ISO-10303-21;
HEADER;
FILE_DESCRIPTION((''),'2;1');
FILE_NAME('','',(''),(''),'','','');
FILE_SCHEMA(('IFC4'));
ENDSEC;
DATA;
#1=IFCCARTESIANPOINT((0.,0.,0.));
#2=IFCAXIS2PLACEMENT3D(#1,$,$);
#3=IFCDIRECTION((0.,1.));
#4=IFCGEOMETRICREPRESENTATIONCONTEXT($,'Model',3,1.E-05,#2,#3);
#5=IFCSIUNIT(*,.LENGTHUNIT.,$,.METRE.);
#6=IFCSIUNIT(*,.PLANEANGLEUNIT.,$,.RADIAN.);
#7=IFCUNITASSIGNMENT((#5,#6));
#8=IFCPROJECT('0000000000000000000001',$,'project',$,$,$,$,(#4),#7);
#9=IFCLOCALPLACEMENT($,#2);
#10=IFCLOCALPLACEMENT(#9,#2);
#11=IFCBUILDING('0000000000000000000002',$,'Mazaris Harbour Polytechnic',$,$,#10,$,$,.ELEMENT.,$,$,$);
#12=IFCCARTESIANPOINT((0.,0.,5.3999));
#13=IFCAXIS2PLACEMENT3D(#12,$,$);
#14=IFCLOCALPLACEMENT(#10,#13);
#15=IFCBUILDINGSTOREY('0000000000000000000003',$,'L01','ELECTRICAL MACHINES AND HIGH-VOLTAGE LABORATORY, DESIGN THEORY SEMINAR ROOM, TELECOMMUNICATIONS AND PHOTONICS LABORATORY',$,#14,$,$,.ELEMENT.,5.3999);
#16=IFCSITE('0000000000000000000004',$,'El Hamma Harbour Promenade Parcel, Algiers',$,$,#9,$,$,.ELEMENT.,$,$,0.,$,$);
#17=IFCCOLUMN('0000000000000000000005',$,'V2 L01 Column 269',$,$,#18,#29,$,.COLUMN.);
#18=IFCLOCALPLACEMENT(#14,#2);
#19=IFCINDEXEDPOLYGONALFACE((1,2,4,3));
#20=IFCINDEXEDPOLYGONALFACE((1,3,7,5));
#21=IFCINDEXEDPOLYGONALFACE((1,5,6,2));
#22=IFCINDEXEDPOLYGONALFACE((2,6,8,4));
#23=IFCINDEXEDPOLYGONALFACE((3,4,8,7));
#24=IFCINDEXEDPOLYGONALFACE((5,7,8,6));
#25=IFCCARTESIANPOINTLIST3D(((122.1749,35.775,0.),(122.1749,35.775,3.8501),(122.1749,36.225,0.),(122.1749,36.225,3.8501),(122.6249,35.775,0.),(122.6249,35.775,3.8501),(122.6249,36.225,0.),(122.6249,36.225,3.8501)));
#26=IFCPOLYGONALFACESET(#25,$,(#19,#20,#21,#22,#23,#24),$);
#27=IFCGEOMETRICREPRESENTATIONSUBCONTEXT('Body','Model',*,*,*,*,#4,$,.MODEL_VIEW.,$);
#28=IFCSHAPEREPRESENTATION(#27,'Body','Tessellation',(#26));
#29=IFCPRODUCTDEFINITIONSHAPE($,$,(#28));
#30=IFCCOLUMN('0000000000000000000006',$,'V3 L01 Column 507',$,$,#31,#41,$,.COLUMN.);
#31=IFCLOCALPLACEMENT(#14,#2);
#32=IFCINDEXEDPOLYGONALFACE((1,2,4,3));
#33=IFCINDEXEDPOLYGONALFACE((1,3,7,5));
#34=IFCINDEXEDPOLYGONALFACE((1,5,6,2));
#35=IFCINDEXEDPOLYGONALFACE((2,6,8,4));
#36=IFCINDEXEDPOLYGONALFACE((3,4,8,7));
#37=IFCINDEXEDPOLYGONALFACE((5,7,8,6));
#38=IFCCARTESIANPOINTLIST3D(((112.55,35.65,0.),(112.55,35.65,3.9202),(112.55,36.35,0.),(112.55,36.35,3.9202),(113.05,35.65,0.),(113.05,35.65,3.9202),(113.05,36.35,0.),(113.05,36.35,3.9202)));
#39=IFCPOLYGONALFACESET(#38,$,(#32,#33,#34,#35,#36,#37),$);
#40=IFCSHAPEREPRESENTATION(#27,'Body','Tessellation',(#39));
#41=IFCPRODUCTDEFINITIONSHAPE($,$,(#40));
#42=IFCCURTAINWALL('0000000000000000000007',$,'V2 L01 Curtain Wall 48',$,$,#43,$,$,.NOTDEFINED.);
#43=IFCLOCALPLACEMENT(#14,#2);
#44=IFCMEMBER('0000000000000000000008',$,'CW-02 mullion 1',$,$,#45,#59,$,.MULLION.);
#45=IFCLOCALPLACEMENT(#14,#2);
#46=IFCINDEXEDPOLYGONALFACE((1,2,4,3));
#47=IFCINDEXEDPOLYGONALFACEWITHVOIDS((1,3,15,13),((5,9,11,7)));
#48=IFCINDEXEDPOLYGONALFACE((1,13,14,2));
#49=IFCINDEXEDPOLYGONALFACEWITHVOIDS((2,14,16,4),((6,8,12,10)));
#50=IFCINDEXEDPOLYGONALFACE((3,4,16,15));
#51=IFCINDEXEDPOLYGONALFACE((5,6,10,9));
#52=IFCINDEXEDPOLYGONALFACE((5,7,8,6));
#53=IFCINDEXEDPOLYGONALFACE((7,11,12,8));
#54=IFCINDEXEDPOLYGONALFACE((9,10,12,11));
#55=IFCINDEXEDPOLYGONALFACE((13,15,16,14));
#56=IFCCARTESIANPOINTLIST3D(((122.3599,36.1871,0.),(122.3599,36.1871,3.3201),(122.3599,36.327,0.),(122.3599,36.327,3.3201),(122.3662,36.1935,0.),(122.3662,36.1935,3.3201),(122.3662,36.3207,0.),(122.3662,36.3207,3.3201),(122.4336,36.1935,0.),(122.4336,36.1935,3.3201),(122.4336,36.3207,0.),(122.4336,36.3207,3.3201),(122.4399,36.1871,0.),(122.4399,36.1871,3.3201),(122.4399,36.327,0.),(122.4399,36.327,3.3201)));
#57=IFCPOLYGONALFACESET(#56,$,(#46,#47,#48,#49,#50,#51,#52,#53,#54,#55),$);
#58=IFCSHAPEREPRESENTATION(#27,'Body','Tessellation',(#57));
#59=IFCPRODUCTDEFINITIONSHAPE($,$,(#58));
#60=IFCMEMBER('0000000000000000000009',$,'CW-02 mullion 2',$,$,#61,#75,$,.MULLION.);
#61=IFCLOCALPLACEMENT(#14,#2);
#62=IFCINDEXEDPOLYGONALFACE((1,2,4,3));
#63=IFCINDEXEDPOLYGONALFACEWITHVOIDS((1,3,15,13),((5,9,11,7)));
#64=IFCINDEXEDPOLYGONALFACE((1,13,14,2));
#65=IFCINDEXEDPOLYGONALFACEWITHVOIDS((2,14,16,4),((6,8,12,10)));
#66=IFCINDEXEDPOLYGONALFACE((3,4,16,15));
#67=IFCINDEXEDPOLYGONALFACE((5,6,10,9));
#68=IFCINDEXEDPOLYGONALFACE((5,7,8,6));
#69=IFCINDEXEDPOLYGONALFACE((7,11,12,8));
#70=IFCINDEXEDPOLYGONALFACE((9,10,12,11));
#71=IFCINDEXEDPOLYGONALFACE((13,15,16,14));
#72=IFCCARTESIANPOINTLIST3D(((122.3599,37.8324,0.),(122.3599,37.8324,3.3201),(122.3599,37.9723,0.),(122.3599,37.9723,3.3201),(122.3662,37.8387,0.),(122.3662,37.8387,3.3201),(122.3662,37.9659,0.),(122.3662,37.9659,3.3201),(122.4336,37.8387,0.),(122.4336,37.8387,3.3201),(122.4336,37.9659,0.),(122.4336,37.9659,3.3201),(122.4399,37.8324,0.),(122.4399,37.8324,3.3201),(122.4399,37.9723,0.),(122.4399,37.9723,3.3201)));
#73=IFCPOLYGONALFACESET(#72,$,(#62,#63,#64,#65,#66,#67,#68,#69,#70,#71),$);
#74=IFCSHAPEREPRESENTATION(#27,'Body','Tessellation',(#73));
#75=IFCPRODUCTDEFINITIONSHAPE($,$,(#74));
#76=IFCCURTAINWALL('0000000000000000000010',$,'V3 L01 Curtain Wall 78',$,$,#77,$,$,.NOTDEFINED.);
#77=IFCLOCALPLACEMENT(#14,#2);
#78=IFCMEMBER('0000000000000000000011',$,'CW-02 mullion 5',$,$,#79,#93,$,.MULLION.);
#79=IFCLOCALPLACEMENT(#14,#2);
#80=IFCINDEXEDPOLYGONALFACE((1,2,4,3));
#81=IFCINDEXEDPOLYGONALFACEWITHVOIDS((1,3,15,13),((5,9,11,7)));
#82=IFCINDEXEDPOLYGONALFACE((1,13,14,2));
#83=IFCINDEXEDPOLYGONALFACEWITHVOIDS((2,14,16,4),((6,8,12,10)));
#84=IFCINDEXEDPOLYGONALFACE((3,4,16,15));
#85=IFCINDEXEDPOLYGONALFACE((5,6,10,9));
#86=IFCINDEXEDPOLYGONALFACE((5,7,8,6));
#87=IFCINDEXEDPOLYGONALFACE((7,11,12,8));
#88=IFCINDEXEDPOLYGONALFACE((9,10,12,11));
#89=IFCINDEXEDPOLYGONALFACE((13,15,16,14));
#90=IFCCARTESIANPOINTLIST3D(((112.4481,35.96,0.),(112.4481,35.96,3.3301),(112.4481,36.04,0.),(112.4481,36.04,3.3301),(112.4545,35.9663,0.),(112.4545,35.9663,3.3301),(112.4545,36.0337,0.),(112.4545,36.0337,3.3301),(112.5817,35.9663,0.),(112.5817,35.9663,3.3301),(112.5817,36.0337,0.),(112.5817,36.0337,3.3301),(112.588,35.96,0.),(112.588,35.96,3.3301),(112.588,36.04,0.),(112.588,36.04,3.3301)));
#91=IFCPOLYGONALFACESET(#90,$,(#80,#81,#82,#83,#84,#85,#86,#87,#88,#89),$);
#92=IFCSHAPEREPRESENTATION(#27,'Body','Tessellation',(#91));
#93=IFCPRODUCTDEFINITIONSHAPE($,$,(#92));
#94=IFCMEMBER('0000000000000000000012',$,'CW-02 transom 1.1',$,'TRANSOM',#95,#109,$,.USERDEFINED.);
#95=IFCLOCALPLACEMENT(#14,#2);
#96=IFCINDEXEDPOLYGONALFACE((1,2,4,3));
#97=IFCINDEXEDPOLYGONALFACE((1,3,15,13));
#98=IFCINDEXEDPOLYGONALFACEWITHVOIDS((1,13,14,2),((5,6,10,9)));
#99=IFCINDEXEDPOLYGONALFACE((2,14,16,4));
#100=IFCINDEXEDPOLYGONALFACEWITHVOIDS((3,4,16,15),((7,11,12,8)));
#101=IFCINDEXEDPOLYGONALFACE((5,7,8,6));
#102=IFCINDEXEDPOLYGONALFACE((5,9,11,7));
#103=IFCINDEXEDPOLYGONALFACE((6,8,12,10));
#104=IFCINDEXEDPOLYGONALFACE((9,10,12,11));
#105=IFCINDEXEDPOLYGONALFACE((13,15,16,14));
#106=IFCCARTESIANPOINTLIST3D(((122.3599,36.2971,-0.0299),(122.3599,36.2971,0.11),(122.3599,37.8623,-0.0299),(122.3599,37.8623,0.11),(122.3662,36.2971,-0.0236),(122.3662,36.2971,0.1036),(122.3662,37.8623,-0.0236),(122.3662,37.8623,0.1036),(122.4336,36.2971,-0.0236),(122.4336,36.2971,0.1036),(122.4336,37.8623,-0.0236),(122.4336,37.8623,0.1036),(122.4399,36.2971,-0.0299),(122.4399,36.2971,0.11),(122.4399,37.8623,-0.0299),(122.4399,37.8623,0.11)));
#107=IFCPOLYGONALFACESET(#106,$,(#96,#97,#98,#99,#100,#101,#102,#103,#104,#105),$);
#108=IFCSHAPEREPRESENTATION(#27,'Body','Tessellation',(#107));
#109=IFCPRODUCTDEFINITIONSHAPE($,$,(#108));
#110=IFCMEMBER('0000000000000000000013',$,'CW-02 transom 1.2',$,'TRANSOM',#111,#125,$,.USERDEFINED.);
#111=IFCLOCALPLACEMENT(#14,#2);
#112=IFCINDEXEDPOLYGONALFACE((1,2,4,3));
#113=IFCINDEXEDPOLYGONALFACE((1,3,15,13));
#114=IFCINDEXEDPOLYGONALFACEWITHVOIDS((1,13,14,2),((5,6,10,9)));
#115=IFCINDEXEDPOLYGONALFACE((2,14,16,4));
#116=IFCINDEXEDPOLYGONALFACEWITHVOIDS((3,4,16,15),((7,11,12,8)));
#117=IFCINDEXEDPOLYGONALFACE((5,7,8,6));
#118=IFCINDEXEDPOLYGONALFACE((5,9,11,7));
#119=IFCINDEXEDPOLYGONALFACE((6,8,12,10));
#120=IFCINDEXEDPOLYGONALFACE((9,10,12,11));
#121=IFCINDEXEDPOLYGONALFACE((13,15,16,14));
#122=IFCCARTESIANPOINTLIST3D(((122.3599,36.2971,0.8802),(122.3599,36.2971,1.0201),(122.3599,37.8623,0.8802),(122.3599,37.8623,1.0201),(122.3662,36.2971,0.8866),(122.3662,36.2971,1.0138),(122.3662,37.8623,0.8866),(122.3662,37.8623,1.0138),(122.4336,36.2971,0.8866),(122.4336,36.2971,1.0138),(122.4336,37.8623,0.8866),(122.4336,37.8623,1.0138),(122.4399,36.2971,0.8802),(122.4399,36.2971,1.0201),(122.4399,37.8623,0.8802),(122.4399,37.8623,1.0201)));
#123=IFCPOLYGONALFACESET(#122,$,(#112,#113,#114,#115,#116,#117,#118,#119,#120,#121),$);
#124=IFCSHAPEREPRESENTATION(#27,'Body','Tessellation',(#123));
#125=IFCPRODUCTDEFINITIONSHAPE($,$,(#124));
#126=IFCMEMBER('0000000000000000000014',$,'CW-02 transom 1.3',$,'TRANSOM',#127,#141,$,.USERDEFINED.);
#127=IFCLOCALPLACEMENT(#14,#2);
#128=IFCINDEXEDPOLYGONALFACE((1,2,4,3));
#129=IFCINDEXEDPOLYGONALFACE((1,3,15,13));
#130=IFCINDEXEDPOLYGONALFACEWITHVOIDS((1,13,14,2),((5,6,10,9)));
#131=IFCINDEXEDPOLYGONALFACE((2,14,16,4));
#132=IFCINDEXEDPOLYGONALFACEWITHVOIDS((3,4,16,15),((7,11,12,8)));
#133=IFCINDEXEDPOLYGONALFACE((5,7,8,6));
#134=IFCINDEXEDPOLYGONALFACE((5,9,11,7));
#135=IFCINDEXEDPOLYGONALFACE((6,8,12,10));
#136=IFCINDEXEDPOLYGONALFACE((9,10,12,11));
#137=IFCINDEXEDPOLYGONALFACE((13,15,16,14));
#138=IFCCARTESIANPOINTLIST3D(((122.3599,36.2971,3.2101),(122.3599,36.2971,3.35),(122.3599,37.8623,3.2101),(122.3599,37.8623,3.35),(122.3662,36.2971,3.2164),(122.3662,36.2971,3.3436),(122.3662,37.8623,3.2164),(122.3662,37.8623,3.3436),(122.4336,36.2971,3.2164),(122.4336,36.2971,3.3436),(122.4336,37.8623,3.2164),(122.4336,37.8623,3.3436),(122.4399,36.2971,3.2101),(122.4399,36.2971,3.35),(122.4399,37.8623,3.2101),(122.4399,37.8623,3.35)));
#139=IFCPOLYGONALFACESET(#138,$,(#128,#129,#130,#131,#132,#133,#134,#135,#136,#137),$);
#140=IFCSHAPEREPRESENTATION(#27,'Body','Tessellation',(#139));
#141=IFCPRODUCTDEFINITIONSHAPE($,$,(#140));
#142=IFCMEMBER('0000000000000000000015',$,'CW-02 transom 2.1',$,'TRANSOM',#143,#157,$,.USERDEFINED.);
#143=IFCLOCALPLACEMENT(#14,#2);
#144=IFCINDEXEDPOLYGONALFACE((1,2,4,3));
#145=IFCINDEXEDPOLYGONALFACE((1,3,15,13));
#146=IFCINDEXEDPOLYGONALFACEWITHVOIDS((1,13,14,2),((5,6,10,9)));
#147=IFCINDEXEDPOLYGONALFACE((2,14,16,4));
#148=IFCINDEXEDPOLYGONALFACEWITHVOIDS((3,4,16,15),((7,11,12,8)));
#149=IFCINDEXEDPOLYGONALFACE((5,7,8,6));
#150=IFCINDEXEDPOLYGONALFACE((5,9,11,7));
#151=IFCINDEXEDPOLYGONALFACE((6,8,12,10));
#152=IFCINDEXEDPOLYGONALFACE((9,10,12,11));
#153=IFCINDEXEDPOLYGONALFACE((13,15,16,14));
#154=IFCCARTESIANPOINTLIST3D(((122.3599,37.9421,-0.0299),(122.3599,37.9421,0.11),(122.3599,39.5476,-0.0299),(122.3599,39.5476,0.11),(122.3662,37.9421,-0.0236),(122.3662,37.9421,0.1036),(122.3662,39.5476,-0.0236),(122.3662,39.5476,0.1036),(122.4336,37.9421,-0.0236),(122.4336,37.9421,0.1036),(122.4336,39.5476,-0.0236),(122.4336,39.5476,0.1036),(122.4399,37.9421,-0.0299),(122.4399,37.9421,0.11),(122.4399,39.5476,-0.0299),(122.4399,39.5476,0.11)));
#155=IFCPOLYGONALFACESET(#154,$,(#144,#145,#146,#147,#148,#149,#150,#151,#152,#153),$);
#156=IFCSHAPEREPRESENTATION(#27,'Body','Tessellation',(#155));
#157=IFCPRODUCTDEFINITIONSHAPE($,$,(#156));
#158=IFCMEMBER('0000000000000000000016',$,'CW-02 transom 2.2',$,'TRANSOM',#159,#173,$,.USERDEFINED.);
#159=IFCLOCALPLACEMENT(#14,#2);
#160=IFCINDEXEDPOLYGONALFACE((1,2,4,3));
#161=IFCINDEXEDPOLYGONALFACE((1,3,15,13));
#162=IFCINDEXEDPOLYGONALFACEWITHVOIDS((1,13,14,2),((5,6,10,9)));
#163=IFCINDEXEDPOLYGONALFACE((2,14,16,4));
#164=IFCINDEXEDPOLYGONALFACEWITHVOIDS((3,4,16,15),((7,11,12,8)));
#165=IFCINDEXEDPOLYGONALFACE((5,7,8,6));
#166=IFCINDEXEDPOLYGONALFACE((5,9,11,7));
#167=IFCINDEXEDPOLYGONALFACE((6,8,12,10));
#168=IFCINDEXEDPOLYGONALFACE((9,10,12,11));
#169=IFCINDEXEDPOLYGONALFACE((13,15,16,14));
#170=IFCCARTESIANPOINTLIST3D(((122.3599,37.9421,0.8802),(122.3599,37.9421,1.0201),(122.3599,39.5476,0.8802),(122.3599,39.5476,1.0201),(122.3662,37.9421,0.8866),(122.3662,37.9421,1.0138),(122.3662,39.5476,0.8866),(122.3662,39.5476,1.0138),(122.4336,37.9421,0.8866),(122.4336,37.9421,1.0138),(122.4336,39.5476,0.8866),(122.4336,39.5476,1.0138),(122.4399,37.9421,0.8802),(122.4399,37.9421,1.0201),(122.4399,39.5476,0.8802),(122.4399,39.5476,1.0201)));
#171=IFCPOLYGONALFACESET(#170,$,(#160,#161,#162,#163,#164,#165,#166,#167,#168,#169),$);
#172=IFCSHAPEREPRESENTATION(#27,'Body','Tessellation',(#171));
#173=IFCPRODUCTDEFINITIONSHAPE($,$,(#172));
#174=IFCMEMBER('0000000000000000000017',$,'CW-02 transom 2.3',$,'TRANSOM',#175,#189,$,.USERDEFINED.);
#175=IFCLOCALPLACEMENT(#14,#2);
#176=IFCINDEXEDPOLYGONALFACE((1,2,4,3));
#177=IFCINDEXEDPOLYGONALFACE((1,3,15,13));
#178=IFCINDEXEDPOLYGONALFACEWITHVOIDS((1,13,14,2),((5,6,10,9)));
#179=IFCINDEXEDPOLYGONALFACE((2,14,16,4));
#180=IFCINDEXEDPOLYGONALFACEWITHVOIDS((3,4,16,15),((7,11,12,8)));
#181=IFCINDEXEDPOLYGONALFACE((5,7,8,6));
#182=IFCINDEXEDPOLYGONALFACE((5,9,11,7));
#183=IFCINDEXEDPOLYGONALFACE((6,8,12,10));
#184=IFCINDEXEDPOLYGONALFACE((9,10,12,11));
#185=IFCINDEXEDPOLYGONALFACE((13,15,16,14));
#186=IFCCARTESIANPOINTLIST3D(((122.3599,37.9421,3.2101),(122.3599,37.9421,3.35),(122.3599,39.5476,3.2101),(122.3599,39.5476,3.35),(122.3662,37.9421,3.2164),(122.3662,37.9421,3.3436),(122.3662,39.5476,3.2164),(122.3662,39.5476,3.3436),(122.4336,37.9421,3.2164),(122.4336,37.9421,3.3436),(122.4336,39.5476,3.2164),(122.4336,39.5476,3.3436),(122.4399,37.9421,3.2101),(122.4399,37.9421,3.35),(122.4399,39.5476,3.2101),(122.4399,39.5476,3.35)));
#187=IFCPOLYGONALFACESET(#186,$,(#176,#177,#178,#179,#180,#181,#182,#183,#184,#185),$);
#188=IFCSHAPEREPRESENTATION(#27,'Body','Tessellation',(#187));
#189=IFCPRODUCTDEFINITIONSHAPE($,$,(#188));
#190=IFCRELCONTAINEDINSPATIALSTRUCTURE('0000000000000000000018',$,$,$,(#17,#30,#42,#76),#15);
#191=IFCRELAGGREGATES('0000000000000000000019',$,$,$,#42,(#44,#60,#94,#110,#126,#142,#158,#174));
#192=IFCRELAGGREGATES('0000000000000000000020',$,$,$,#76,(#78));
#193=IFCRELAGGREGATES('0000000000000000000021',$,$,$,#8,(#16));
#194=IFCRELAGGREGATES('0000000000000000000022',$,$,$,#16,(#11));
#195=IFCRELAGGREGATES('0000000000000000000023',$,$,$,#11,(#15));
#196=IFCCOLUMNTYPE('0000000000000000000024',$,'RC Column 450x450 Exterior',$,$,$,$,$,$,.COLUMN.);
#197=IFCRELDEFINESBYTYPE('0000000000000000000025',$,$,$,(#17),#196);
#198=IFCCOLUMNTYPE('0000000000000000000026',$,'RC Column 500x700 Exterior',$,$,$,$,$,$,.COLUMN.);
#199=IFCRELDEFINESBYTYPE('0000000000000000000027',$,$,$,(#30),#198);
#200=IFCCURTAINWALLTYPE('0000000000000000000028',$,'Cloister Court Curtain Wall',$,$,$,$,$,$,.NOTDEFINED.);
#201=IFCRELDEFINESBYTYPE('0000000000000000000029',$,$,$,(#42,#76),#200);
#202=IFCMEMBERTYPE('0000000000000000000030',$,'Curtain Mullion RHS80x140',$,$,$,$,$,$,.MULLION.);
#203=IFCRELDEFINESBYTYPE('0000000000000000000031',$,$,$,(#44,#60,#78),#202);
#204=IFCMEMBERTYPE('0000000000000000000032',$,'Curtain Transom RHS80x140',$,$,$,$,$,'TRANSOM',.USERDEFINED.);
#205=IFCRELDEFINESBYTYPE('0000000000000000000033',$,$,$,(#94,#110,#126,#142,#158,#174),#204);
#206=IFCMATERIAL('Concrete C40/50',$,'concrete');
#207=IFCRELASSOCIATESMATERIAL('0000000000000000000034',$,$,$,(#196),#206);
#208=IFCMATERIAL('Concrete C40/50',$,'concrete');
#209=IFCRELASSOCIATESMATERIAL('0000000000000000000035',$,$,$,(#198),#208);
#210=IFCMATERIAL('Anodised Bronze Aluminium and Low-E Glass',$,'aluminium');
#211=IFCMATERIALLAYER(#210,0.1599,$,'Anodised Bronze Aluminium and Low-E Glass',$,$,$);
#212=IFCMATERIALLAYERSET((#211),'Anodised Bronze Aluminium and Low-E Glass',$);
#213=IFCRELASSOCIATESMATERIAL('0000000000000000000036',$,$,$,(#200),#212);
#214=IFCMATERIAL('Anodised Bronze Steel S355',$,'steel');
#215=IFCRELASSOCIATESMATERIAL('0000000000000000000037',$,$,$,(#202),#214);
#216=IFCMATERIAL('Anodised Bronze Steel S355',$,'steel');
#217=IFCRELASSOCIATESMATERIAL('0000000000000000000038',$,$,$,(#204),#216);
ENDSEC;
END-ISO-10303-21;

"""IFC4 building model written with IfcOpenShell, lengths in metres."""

from ifc_helpers import new_model, si_unit, direction, frame, origin, origin_2d, place, context, subcontext, project, spatial, rectangle, hollow_rectangle, extrude, material, layer, layer_set, material_profile, profile_set, type_object, element, aggregate, save


model = new_model("IFC4")

# Units and contexts
model_context = context("Model", 3, precision=1e-05, world=origin(), true_north=direction((0.0, 1.0)))
body_context = subcontext(model_context, "Body", "Model", "MODEL_VIEW")
ifc_project = project(units=[si_unit("LENGTHUNIT", "METRE"), si_unit("PLANEANGLEUNIT", "RADIAN")], contexts=[model_context])

# Site, building, storey
site_placement = place(None, origin())
site = spatial("IfcSite", under=ifc_project, at=site_placement, Name="El Hamma Harbour Promenade Parcel, Algiers", CompositionType="ELEMENT", RefElevation=0.0)
building_placement = place(site_placement, origin())
building = spatial("IfcBuilding", under=site, at=building_placement, Name="Mazaris Harbour Polytechnic", CompositionType="ELEMENT")
storey_placement = place(building_placement, frame((0.0, 0.0, 5.3999)))
storey = spatial("IfcBuildingStorey", under=building, at=storey_placement, Name="L01", Description="ELECTRICAL MACHINES AND HIGH-VOLTAGE LABORATORY, DESIGN THEORY SEMINAR ROOM, TELECOMMUNICATIONS AND PHOTONICS LABORATORY", CompositionType="ELEMENT", Elevation=5.3999)

# Columns
ifc_material_1 = material(Name="Concrete C40/50", Category="concrete")
ifc_material_profile_1 = material_profile(ifc_material_1, rectangle(XDim=0.45, YDim=0.45, at=origin_2d()), Name="RECT450x450")
ifc_profile_set_1 = profile_set([ifc_material_profile_1], Name="Concrete C40/50")
column_type_1 = type_object("IfcColumnType", Name="RC Column 450x450 Exterior", PredefinedType="COLUMN", material=ifc_profile_set_1)
column_1_placement = place(storey_placement, frame((122.3999, 36.0, 0.0), z_axis=(0.0, 0.0, 1.0), x_axis=(1.0, 0.0, 0.0)))
element("IfcColumn", 1, at=column_1_placement, inside=storey, type_object=column_type_1, Name="V2 L01 Column 269", PredefinedType="COLUMN", context=body_context, shape_type="SweptSolid", body=[
    extrude(rectangle(XDim=0.45, YDim=0.45, at=origin_2d()), origin(), (0.0, 0.0, 1.0), 3.8501),
])
ifc_material_2 = material(Name="Concrete C40/50", Category="concrete")
ifc_material_profile_2 = material_profile(ifc_material_2, rectangle(XDim=0.5, YDim=0.7, at=origin_2d()), Name="RECT500x700")
ifc_profile_set_2 = profile_set([ifc_material_profile_2], Name="Concrete C40/50")
column_type_2 = type_object("IfcColumnType", Name="RC Column 500x700 Exterior", PredefinedType="COLUMN", material=ifc_profile_set_2)
column_2_placement = place(storey_placement, frame((112.8, 36.0, 0.0), z_axis=(0.0, 0.0, 1.0), x_axis=(1.0, 0.0, 0.0)))
element("IfcColumn", 2, at=column_2_placement, inside=storey, type_object=column_type_2, Name="V3 L01 Column 507", PredefinedType="COLUMN", context=body_context, shape_type="SweptSolid", body=[
    extrude(rectangle(XDim=0.5, YDim=0.7, at=origin_2d()), origin(), (0.0, 0.0, 1.0), 3.9202),
])

# Curtain wall, members
ifc_material_3 = material(Name="Anodised Bronze Aluminium and Low-E Glass", Category="aluminium")
ifc_layer_1 = layer(ifc_material_3, 0.1599, Name="Anodised Bronze Aluminium and Low-E Glass")
ifc_layer_set_1 = layer_set([ifc_layer_1], Name="Anodised Bronze Aluminium and Low-E Glass")
curtain_wall_type = type_object("IfcCurtainWallType", Name="Cloister Court Curtain Wall", PredefinedType="NOTDEFINED", material=ifc_layer_set_1)
curtain_wall_1_placement = place(storey_placement, origin())
curtain_wall_1 = element("IfcCurtainWall", 3, at=curtain_wall_1_placement, inside=storey, type_object=curtain_wall_type, Name="V2 L01 Curtain Wall 48", PredefinedType="NOTDEFINED")
ifc_material_4 = material(Name="Anodised Bronze Steel S355", Category="steel")
ifc_material_profile_3 = material_profile(ifc_material_4, hollow_rectangle(XDim=0.0801, YDim=0.1399, WallThickness=0.0063, at=origin_2d()), Name="RHS 80x140x6.3")
ifc_profile_set_3 = profile_set([ifc_material_profile_3], Name="Anodised Bronze Steel S355")
member_type_1 = type_object("IfcMemberType", Name="Curtain Mullion RHS80x140", PredefinedType="MULLION", material=ifc_profile_set_3)
member_1_placement = place(storey_placement, frame((122.3999, 36.2571, 0.0), z_axis=(0.0, 0.0, 1.0), x_axis=(-1.0, 0.0, 0.0)))
member_1 = element("IfcMember", 4, at=member_1_placement, type_object=member_type_1, Name="CW-02 mullion 1", PredefinedType="MULLION", context=body_context, shape_type="SweptSolid", body=[
    extrude(hollow_rectangle(XDim=0.0801, YDim=0.1399, WallThickness=0.0063, at=origin_2d()), origin(), (0.0, 0.0, 1.0), 3.3201),
])
member_2_placement = place(storey_placement, frame((122.3999, 37.9023, 0.0), z_axis=(0.0, 0.0, 1.0), x_axis=(-1.0, 0.0, 0.0)))
member_2 = element("IfcMember", 5, at=member_2_placement, type_object=member_type_1, Name="CW-02 mullion 2", PredefinedType="MULLION", context=body_context, shape_type="SweptSolid", body=[
    extrude(hollow_rectangle(XDim=0.0801, YDim=0.1399, WallThickness=0.0063, at=origin_2d()), origin(), (0.0, 0.0, 1.0), 3.3201),
])

# Curtain wall, member
curtain_wall_2_placement = place(storey_placement, origin())
curtain_wall_2 = element("IfcCurtainWall", 6, at=curtain_wall_2_placement, inside=storey, type_object=curtain_wall_type, Name="V3 L01 Curtain Wall 78", PredefinedType="NOTDEFINED")
member_3_placement = place(storey_placement, frame((112.5181, 36.0, 0.0), z_axis=(0.0, 0.0, 1.0), x_axis=(0.0, 1.0, 0.0)))
member_3 = element("IfcMember", 7, at=member_3_placement, type_object=member_type_1, Name="CW-02 mullion 5", PredefinedType="MULLION", context=body_context, shape_type="SweptSolid", body=[
    extrude(hollow_rectangle(XDim=0.0801, YDim=0.1399, WallThickness=0.0063, at=origin_2d()), origin(), (0.0, 0.0, 1.0), 3.3301),
])

# Members
ifc_material_5 = material(Name="Anodised Bronze Steel S355", Category="steel")
ifc_material_profile_4 = material_profile(ifc_material_5, hollow_rectangle(XDim=0.0801, YDim=0.1399, WallThickness=0.0063, at=origin_2d()), Name="RHS 80x140x6.3")
ifc_profile_set_4 = profile_set([ifc_material_profile_4], Name="Anodised Bronze Steel S355")
member_type_2 = type_object("IfcMemberType", Name="Curtain Transom RHS80x140", ElementType="TRANSOM", PredefinedType="USERDEFINED", material=ifc_profile_set_4)
member_4_placement = place(storey_placement, frame((122.3999, 36.2971, 0.04), z_axis=(0.0, 1.0, 0.0), x_axis=(-1.0, 0.0, 0.0)))
member_4 = element("IfcMember", 8, at=member_4_placement, type_object=member_type_2, Name="CW-02 transom 1.1", ObjectType="TRANSOM", PredefinedType="USERDEFINED", context=body_context, shape_type="SweptSolid", body=[
    extrude(hollow_rectangle(XDim=0.0801, YDim=0.1399, WallThickness=0.0063, at=origin_2d()), origin(), (0.0, 0.0, 1.0), 1.5652),
])
member_5_placement = place(storey_placement, frame((122.3999, 36.2971, 0.9502), z_axis=(0.0, 1.0, 0.0), x_axis=(-1.0, 0.0, 0.0)))
member_5 = element("IfcMember", 9, at=member_5_placement, type_object=member_type_2, Name="CW-02 transom 1.2", ObjectType="TRANSOM", PredefinedType="USERDEFINED", context=body_context, shape_type="SweptSolid", body=[
    extrude(hollow_rectangle(XDim=0.0801, YDim=0.1399, WallThickness=0.0063, at=origin_2d()), origin(), (0.0, 0.0, 1.0), 1.5652),
])
member_6_placement = place(storey_placement, frame((122.3999, 36.2971, 3.28), z_axis=(0.0, 1.0, 0.0), x_axis=(-1.0, 0.0, 0.0)))
member_6 = element("IfcMember", 10, at=member_6_placement, type_object=member_type_2, Name="CW-02 transom 1.3", ObjectType="TRANSOM", PredefinedType="USERDEFINED", context=body_context, shape_type="SweptSolid", body=[
    extrude(hollow_rectangle(XDim=0.0801, YDim=0.1399, WallThickness=0.0063, at=origin_2d()), origin(), (0.0, 0.0, 1.0), 1.5652),
])
member_7_placement = place(storey_placement, frame((122.3999, 37.9421, 0.04), z_axis=(0.0, 1.0, 0.0), x_axis=(-1.0, 0.0, 0.0)))
member_7 = element("IfcMember", 11, at=member_7_placement, type_object=member_type_2, Name="CW-02 transom 2.1", ObjectType="TRANSOM", PredefinedType="USERDEFINED", context=body_context, shape_type="SweptSolid", body=[
    extrude(hollow_rectangle(XDim=0.0801, YDim=0.1399, WallThickness=0.0063, at=origin_2d()), origin(), (0.0, 0.0, 1.0), 1.6055),
])
member_8_placement = place(storey_placement, frame((122.3999, 37.9421, 0.9502), z_axis=(0.0, 1.0, 0.0), x_axis=(-1.0, 0.0, 0.0)))
member_8 = element("IfcMember", 12, at=member_8_placement, type_object=member_type_2, Name="CW-02 transom 2.2", ObjectType="TRANSOM", PredefinedType="USERDEFINED", context=body_context, shape_type="SweptSolid", body=[
    extrude(hollow_rectangle(XDim=0.0801, YDim=0.1399, WallThickness=0.0063, at=origin_2d()), origin(), (0.0, 0.0, 1.0), 1.6055),
])
member_9_placement = place(storey_placement, frame((122.3999, 37.9421, 3.28), z_axis=(0.0, 1.0, 0.0), x_axis=(-1.0, 0.0, 0.0)))
member_9 = element("IfcMember", 13, at=member_9_placement, type_object=member_type_2, Name="CW-02 transom 2.3", ObjectType="TRANSOM", PredefinedType="USERDEFINED", context=body_context, shape_type="SweptSolid", body=[
    extrude(hollow_rectangle(XDim=0.0801, YDim=0.1399, WallThickness=0.0063, at=origin_2d()), origin(), (0.0, 0.0, 1.0), 1.6055),
])

aggregate(curtain_wall_1, [member_1, member_2, member_4, member_5, member_6, member_7, member_8, member_9])
aggregate(curtain_wall_2, [member_3])

save(model, "model.ifc")
